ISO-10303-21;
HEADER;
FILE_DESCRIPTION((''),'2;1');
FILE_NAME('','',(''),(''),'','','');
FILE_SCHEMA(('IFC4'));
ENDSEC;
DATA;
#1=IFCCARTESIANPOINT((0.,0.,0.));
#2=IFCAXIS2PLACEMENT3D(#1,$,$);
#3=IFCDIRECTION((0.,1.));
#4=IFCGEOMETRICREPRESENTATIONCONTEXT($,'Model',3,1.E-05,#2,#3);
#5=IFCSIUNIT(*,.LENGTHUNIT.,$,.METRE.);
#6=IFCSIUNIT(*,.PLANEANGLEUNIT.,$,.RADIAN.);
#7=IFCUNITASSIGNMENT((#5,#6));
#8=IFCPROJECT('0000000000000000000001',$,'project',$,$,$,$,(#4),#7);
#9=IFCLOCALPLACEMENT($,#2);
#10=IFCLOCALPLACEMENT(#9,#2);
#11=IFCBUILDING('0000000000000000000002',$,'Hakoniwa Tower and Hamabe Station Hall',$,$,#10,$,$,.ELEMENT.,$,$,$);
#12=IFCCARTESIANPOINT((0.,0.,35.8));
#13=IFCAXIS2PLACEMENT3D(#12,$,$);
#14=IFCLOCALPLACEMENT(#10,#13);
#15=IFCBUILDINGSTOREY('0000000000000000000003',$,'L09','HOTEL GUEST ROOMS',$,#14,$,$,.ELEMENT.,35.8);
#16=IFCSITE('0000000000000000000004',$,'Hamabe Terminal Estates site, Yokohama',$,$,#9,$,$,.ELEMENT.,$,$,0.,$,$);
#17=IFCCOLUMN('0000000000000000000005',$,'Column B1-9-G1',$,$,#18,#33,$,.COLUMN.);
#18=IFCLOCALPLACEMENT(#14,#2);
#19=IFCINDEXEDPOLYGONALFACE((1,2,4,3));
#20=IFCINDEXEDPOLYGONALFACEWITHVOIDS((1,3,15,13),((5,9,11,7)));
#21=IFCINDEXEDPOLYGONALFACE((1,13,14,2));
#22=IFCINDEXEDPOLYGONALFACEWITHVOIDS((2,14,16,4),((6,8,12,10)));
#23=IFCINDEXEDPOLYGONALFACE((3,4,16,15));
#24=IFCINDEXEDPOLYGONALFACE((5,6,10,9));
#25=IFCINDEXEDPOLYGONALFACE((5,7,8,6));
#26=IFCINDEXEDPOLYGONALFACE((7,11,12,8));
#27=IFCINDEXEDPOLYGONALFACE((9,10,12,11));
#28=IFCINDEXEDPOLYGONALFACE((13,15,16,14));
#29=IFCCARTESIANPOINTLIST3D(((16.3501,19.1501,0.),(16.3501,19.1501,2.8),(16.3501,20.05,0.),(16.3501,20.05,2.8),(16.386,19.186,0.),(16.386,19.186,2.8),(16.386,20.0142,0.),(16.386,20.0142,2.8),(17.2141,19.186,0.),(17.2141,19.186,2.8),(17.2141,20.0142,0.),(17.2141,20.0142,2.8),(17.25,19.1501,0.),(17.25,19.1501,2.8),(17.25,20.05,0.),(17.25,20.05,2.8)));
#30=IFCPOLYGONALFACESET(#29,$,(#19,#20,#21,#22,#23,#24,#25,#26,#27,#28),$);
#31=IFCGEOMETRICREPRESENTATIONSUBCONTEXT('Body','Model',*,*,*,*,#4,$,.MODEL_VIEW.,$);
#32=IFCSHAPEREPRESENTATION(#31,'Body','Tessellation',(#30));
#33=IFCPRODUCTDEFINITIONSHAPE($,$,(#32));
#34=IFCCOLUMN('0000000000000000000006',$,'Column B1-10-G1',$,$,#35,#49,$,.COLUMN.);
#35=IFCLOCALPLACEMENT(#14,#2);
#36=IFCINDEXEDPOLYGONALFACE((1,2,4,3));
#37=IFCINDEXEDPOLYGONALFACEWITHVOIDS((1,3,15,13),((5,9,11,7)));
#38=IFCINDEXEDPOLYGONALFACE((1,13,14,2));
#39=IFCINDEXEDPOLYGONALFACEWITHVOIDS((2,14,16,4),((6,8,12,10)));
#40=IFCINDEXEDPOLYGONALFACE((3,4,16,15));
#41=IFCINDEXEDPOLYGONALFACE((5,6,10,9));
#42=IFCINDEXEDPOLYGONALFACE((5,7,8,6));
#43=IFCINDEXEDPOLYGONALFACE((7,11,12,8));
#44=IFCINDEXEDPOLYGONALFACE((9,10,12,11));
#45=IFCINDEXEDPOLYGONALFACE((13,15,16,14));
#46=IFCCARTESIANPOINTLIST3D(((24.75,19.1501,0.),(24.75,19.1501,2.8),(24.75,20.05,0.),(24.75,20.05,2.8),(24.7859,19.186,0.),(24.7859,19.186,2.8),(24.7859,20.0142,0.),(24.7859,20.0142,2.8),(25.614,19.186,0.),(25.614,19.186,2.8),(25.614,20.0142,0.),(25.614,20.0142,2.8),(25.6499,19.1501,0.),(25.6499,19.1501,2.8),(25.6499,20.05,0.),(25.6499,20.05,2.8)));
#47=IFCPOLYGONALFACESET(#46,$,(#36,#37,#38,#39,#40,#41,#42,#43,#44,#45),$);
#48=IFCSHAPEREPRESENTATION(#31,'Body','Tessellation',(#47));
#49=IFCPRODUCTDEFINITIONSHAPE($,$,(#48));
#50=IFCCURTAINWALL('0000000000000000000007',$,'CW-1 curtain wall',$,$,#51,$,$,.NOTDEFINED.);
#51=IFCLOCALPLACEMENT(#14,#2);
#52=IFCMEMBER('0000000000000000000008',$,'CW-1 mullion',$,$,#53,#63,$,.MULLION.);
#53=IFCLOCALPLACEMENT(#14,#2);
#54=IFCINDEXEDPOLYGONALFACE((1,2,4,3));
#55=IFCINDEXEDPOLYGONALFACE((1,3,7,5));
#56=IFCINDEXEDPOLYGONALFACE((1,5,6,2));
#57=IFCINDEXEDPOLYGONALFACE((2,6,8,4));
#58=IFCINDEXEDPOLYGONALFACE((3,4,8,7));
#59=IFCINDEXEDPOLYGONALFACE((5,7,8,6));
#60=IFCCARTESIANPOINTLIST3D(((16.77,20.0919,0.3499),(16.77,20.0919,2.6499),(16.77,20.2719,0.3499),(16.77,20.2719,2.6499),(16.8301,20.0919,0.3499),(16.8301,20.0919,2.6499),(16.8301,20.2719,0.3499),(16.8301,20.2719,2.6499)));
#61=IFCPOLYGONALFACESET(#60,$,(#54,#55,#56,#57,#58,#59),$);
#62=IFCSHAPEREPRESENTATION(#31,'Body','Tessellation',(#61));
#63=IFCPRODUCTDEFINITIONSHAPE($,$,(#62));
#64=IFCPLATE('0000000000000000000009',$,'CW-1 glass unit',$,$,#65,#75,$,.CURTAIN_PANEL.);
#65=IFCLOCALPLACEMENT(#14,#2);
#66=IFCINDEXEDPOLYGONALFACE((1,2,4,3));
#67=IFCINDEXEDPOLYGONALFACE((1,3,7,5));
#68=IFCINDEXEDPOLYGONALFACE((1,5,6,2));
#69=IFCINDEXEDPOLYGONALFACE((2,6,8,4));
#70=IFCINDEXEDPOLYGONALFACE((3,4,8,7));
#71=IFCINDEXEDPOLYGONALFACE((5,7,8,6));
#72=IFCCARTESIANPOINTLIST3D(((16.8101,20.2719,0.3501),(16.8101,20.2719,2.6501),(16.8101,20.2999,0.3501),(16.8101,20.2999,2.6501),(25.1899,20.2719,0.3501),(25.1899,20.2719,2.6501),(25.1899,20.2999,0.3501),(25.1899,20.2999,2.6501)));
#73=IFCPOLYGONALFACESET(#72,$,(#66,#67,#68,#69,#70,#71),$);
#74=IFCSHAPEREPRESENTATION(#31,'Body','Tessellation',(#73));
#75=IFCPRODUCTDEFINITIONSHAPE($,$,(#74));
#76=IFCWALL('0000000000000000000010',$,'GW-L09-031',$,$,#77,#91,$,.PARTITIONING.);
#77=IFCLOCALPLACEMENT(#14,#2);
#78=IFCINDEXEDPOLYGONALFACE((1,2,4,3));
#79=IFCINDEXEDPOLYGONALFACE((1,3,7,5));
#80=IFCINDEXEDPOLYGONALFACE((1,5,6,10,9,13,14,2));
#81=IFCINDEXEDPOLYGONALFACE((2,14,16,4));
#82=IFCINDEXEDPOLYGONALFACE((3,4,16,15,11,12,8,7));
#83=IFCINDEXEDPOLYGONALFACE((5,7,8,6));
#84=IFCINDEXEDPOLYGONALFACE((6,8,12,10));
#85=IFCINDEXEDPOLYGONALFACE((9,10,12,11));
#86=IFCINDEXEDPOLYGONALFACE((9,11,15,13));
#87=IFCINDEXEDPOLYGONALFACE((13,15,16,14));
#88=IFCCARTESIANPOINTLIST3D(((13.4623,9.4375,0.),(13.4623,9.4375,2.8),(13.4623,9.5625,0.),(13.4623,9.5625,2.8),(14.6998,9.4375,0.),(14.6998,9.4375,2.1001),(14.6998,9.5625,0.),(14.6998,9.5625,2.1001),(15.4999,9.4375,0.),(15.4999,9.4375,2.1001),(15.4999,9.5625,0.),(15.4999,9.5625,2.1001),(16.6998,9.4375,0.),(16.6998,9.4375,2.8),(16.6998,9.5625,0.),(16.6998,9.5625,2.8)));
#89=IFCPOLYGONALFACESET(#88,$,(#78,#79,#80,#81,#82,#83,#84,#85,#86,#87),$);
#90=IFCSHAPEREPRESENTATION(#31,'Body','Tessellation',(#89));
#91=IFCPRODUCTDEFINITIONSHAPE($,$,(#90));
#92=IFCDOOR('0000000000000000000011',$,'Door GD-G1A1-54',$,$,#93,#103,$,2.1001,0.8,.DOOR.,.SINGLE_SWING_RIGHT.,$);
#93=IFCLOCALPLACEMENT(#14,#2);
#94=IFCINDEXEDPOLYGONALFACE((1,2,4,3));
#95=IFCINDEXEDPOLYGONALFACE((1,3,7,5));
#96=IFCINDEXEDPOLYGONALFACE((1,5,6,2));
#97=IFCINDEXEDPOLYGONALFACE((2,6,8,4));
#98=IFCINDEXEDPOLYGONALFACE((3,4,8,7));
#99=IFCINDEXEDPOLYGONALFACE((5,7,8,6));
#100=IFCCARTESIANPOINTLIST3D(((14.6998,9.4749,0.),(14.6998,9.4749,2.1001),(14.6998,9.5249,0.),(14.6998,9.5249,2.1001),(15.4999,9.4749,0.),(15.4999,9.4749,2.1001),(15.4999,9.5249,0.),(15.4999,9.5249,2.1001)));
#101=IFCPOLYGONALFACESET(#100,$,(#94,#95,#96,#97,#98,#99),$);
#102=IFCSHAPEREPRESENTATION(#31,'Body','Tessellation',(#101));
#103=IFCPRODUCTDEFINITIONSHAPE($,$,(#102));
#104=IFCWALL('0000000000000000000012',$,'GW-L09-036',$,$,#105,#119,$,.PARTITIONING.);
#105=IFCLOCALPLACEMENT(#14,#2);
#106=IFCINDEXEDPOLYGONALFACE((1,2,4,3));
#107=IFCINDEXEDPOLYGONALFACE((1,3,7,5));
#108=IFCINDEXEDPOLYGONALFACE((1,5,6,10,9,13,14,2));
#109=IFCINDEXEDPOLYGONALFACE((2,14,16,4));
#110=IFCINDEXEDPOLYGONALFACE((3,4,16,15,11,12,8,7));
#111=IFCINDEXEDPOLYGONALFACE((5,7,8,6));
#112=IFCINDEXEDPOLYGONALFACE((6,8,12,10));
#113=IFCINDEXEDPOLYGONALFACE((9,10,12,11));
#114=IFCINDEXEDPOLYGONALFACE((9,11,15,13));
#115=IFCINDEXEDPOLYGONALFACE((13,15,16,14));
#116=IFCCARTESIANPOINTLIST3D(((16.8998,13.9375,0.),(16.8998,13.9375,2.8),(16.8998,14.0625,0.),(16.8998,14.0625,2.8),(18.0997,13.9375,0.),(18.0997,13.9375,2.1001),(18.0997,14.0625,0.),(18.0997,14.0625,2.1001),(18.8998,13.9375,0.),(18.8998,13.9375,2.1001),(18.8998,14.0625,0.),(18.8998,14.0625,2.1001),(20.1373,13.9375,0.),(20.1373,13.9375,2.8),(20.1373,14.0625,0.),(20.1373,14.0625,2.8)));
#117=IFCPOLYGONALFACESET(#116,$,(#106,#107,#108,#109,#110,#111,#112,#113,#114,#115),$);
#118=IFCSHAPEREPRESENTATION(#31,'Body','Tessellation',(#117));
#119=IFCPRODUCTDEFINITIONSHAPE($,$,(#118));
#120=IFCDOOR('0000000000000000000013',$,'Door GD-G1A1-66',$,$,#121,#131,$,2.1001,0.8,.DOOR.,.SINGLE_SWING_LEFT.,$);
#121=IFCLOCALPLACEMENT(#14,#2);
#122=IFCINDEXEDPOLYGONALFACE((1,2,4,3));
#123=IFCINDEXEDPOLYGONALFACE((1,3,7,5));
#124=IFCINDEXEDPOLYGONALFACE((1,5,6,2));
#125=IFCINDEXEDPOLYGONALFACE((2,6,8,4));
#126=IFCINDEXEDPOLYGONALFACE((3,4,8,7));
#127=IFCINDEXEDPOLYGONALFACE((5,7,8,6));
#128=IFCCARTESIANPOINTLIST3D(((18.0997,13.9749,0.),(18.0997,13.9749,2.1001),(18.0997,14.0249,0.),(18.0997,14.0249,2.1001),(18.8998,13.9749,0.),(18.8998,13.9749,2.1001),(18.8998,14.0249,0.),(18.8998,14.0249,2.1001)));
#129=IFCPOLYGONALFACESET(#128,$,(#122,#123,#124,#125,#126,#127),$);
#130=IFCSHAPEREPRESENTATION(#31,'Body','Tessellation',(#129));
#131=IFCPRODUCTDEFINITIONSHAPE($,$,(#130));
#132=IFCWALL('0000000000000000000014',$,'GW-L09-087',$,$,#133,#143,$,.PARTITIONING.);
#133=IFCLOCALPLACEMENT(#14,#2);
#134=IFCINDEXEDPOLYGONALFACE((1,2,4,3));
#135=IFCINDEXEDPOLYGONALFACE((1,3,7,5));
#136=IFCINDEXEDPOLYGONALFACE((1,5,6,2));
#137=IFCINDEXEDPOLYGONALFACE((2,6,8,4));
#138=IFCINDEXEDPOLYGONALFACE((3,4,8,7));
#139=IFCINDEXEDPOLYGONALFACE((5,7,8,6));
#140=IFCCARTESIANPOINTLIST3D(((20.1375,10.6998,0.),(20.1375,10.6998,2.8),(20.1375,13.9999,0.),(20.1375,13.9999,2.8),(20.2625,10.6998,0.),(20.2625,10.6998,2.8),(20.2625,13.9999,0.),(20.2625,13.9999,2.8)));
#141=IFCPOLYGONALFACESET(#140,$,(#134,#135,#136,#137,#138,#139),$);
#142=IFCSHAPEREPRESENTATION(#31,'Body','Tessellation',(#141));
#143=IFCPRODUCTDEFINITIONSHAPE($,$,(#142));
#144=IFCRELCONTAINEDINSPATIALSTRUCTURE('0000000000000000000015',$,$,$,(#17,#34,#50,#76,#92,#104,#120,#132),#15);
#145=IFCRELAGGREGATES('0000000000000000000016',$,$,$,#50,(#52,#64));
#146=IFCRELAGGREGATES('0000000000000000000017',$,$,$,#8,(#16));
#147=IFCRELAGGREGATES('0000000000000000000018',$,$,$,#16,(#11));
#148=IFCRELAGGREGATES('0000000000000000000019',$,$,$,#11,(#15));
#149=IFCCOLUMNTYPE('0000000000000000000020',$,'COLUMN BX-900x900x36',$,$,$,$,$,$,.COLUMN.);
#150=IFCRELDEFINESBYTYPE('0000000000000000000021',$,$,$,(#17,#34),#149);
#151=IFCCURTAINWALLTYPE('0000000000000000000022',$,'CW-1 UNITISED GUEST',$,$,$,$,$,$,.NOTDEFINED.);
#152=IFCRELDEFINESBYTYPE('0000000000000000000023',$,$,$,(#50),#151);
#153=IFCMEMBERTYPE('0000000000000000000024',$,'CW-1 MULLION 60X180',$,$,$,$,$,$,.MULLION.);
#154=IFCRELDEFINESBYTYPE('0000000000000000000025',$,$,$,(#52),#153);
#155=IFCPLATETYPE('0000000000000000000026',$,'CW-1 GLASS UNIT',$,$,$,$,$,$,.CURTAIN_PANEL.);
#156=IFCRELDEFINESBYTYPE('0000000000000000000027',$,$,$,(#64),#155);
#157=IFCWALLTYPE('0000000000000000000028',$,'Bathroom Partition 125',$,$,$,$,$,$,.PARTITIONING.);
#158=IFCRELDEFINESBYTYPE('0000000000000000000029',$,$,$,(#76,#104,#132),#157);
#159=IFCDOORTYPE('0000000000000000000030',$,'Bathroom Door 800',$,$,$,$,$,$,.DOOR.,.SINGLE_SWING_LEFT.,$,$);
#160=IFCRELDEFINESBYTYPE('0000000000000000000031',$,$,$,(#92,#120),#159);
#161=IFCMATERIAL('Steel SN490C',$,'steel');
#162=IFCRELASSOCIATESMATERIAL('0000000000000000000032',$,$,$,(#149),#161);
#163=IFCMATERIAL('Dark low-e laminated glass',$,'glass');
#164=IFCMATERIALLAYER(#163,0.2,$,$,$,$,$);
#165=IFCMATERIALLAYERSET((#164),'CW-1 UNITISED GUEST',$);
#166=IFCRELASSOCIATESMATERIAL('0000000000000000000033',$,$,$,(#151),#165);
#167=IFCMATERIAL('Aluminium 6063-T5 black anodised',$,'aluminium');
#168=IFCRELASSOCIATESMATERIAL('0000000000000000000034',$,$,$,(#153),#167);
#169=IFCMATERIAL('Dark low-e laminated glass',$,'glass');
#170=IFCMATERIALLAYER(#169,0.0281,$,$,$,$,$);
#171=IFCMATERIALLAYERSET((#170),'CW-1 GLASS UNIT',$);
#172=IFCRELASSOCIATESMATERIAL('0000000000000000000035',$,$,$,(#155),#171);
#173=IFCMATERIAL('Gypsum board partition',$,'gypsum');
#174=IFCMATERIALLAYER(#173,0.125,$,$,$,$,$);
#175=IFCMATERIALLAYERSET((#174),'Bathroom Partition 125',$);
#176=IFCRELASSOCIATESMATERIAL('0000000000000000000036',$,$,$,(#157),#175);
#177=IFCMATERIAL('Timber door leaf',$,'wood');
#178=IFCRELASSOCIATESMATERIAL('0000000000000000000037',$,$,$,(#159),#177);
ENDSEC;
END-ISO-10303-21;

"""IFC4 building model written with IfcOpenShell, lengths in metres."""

from ifc_helpers import new_model, si_unit, direction, frame, frame_2d, origin, origin_2d, place, context, subcontext, project, spatial, rectangle, hollow_rectangle, extrude, material, layer, layer_set, material_profile, profile_set, type_object, element, fill, aggregate, save


model = new_model("IFC4")

# Units and contexts
model_context = context("Model", 3, precision=1e-05, world=origin(), true_north=direction((0.0, 1.0)))
body_context = subcontext(model_context, "Body", "Model", "MODEL_VIEW")
ifc_project = project(units=[si_unit("LENGTHUNIT", "METRE"), si_unit("PLANEANGLEUNIT", "RADIAN")], contexts=[model_context])

# Site, building, storey
site_placement = place(None, origin())
site = spatial("IfcSite", under=ifc_project, at=site_placement, Name="Hamabe Terminal Estates site, Yokohama", CompositionType="ELEMENT", RefElevation=0.0)
building_placement = place(site_placement, origin())
building = spatial("IfcBuilding", under=site, at=building_placement, Name="Hakoniwa Tower and Hamabe Station Hall", CompositionType="ELEMENT")
storey_placement = place(building_placement, frame((0.0, 0.0, 35.8)))
storey = spatial("IfcBuildingStorey", under=building, at=storey_placement, Name="L09", Description="HOTEL GUEST ROOMS", CompositionType="ELEMENT", Elevation=35.8)

# Columns
ifc_material_1 = material(Name="Steel SN490C", Category="steel")
ifc_material_profile_1 = material_profile(ifc_material_1, hollow_rectangle(XDim=0.8999, YDim=0.8999, WallThickness=0.0359, at=origin_2d()), Name="BX-900x900x36")
ifc_profile_set_1 = profile_set([ifc_material_profile_1], Name="Steel SN490C")
column_type = type_object("IfcColumnType", Name="COLUMN BX-900x900x36", PredefinedType="COLUMN", material=ifc_profile_set_1)
for number, where, z_axis, x_axis, name in (
    (1, (16.8, 19.6001, 0.0), (0.0, 0.0, 1.0), (1.0, 0.0, 0.0), "Column B1-9-G1"),
    (2, (25.2, 19.6001, 0.0), (0.0, 0.0, 1.0), (1.0, 0.0, 0.0), "Column B1-10-G1"),
):
    element("IfcColumn", number, at=place(storey_placement, frame(where, z_axis=z_axis, x_axis=x_axis)), inside=storey, type_object=column_type, Name=name, PredefinedType="COLUMN", context=body_context, shape_type="SweptSolid", body=[
        extrude(hollow_rectangle(XDim=0.8999, YDim=0.8999, WallThickness=0.0359, at=origin_2d()), origin(), (0.0, 0.0, 1.0), 2.8),
    ])

# Curtain wall, member, plate
ifc_material_2 = material(Name="Dark low-e laminated glass", Category="glass")
ifc_layer_1 = layer(ifc_material_2, 0.2)
ifc_layer_set_1 = layer_set([ifc_layer_1], Name="CW-1 UNITISED GUEST")
curtain_wall_type = type_object("IfcCurtainWallType", Name="CW-1 UNITISED GUEST", PredefinedType="NOTDEFINED", material=ifc_layer_set_1)
curtain_wall_placement = place(storey_placement, origin())
curtain_wall = element("IfcCurtainWall", 3, at=curtain_wall_placement, inside=storey, type_object=curtain_wall_type, Name="CW-1 curtain wall", PredefinedType="NOTDEFINED")
ifc_material_3 = material(Name="Aluminium 6063-T5 black anodised", Category="aluminium")
ifc_material_profile_2 = material_profile(ifc_material_3, rectangle(XDim=0.0601, YDim=0.1799, at=origin_2d()), Name="CW-1 MULLION 60X180")
ifc_profile_set_2 = profile_set([ifc_material_profile_2], Name="Aluminium 6063-T5 black anodised")
member_type = type_object("IfcMemberType", Name="CW-1 MULLION 60X180", PredefinedType="MULLION", material=ifc_profile_set_2)
member_placement = place(storey_placement, frame((16.8, 20.1819, 0.3499), z_axis=(0.0, 0.0, 1.0), x_axis=(-1.0, 0.0, 0.0)))
member = element("IfcMember", 4, at=member_placement, type_object=member_type, Name="CW-1 mullion", PredefinedType="MULLION", context=body_context, shape_type="SweptSolid", body=[
    extrude(rectangle(XDim=0.0601, YDim=0.1799, at=origin_2d()), origin(), (0.0, 0.0, 1.0), 2.3),
])
ifc_material_4 = material(Name="Dark low-e laminated glass", Category="glass")
ifc_layer_2 = layer(ifc_material_4, 0.0281)
ifc_layer_set_2 = layer_set([ifc_layer_2], Name="CW-1 GLASS UNIT")
plate_type = type_object("IfcPlateType", Name="CW-1 GLASS UNIT", PredefinedType="CURTAIN_PANEL", material=ifc_layer_set_2)
plate_placement = place(storey_placement, frame((21.0, 20.2859, 0.3501), z_axis=(0.0, 0.0, 1.0), x_axis=(-1.0, 0.0, 0.0)))
plate = element("IfcPlate", 5, at=plate_placement, type_object=plate_type, Name="CW-1 glass unit", PredefinedType="CURTAIN_PANEL", context=body_context, shape_type="SweptSolid", body=[
    extrude(rectangle(XDim=8.3799, YDim=0.0281, at=origin_2d()), origin(), (0.0, 0.0, 1.0), 2.3),
])
aggregate(curtain_wall, [member, plate])

# Walls, openings, doors
ifc_material_5 = material(Name="Gypsum board partition", Category="gypsum")
ifc_layer_3 = layer(ifc_material_5, 0.125)
ifc_layer_set_3 = layer_set([ifc_layer_3], Name="Bathroom Partition 125")
wall_type_1 = type_object("IfcWallType", Name="Bathroom Partition 125", PredefinedType="PARTITIONING", material=ifc_layer_set_3)
wall_1_placement = place(storey_placement, frame((13.4624, 9.5, 0.0), z_axis=(0.0, 0.0, 1.0), x_axis=(1.0, 0.0, 0.0)))
wall_1 = element("IfcWall", 6, at=wall_1_placement, inside=storey, type_object=wall_type_1, Name="GW-L09-031", PredefinedType="PARTITIONING", context=body_context, shape_type="SweptSolid", body=[
    extrude(rectangle(XDim=3.2375, YDim=0.125, at=frame_2d((1.6187, 0.0))), origin(), (0.0, 0.0, 1.0), 2.8),
])
opening_1_placement = place(wall_1_placement, frame((1.2375, 0.0, 0.0)))
opening_1 = element("IfcOpeningElement", 7, at=opening_1_placement, cuts=wall_1, PredefinedType="OPENING", context=body_context, shape_type="SweptSolid", body=[
    extrude(rectangle(XDim=0.8, YDim=2.1001, at=frame_2d((0.3999, 1.05))), frame((0.0, 0.0725, 0.0), z_axis=(0.0, -1.0, 0.0), x_axis=(1.0, 0.0, 0.0)), (0.0, 0.0, 1.0), 0.145),
])
ifc_material_6 = material(Name="Timber door leaf", Category="wood")
door_type_1 = type_object("IfcDoorType", Name="Bathroom Door 800", OperationType="SINGLE_SWING_LEFT", PredefinedType="DOOR", material=ifc_material_6)
door_1_placement = place(opening_1_placement, origin())
door_1 = element("IfcDoor", 8, at=door_1_placement, inside=storey, type_object=door_type_1, Name="Door GD-G1A1-54", OperationType="SINGLE_SWING_RIGHT", OverallHeight=2.1001, OverallWidth=0.8, PredefinedType="DOOR", context=body_context, shape_type="SweptSolid", body=[
    extrude(rectangle(XDim=0.8, YDim=2.1001, at=frame_2d((0.3999, 1.05))), frame((0.0, 0.0249, 0.0), z_axis=(0.0, -1.0, 0.0), x_axis=(1.0, 0.0, 0.0)), (0.0, 0.0, 1.0), 0.05),
])
fill(opening_1, door_1)
wall_2_placement = place(storey_placement, frame((16.8999, 14.0, 0.0), z_axis=(0.0, 0.0, 1.0), x_axis=(1.0, 0.0, 0.0)))
wall_2 = element("IfcWall", 9, at=wall_2_placement, inside=storey, type_object=wall_type_1, Name="GW-L09-036", PredefinedType="PARTITIONING", context=body_context, shape_type="SweptSolid", body=[
    extrude(rectangle(XDim=3.2375, YDim=0.125, at=frame_2d((1.6187, 0.0))), origin(), (0.0, 0.0, 1.0), 2.8),
])
opening_2_placement = place(wall_2_placement, frame((1.2, 0.0, 0.0)))
opening_2 = element("IfcOpeningElement", 10, at=opening_2_placement, cuts=wall_2, PredefinedType="OPENING", context=body_context, shape_type="SweptSolid", body=[
    extrude(rectangle(XDim=0.8, YDim=2.1001, at=frame_2d((0.3999, 1.05))), frame((0.0, 0.0725, 0.0), z_axis=(0.0, -1.0, 0.0), x_axis=(1.0, 0.0, 0.0)), (0.0, 0.0, 1.0), 0.145),
])
door_2_placement = place(opening_2_placement, origin())
door_2 = element("IfcDoor", 11, at=door_2_placement, inside=storey, type_object=door_type_1, Name="Door GD-G1A1-66", OperationType="SINGLE_SWING_LEFT", OverallHeight=2.1001, OverallWidth=0.8, PredefinedType="DOOR", context=body_context, shape_type="SweptSolid", body=[
    extrude(rectangle(XDim=0.8, YDim=2.1001, at=frame_2d((0.3999, 1.05))), frame((0.0, 0.0249, 0.0), z_axis=(0.0, -1.0, 0.0), x_axis=(1.0, 0.0, 0.0)), (0.0, 0.0, 1.0), 0.05),
])
fill(opening_2, door_2)

# Wall
wall_3_placement = place(storey_placement, frame((20.2, 10.7, 0.0), z_axis=(0.0, 0.0, 1.0), x_axis=(0.0, 1.0, 0.0)))
element("IfcWall", 12, at=wall_3_placement, inside=storey, type_object=wall_type_1, Name="GW-L09-087", PredefinedType="PARTITIONING", context=body_context, shape_type="SweptSolid", body=[
    extrude(rectangle(XDim=3.3, YDim=0.125, at=frame_2d((1.6499, 0.0))), origin(), (0.0, 0.0, 1.0), 2.8),
])

save(model, "model.ifc")
